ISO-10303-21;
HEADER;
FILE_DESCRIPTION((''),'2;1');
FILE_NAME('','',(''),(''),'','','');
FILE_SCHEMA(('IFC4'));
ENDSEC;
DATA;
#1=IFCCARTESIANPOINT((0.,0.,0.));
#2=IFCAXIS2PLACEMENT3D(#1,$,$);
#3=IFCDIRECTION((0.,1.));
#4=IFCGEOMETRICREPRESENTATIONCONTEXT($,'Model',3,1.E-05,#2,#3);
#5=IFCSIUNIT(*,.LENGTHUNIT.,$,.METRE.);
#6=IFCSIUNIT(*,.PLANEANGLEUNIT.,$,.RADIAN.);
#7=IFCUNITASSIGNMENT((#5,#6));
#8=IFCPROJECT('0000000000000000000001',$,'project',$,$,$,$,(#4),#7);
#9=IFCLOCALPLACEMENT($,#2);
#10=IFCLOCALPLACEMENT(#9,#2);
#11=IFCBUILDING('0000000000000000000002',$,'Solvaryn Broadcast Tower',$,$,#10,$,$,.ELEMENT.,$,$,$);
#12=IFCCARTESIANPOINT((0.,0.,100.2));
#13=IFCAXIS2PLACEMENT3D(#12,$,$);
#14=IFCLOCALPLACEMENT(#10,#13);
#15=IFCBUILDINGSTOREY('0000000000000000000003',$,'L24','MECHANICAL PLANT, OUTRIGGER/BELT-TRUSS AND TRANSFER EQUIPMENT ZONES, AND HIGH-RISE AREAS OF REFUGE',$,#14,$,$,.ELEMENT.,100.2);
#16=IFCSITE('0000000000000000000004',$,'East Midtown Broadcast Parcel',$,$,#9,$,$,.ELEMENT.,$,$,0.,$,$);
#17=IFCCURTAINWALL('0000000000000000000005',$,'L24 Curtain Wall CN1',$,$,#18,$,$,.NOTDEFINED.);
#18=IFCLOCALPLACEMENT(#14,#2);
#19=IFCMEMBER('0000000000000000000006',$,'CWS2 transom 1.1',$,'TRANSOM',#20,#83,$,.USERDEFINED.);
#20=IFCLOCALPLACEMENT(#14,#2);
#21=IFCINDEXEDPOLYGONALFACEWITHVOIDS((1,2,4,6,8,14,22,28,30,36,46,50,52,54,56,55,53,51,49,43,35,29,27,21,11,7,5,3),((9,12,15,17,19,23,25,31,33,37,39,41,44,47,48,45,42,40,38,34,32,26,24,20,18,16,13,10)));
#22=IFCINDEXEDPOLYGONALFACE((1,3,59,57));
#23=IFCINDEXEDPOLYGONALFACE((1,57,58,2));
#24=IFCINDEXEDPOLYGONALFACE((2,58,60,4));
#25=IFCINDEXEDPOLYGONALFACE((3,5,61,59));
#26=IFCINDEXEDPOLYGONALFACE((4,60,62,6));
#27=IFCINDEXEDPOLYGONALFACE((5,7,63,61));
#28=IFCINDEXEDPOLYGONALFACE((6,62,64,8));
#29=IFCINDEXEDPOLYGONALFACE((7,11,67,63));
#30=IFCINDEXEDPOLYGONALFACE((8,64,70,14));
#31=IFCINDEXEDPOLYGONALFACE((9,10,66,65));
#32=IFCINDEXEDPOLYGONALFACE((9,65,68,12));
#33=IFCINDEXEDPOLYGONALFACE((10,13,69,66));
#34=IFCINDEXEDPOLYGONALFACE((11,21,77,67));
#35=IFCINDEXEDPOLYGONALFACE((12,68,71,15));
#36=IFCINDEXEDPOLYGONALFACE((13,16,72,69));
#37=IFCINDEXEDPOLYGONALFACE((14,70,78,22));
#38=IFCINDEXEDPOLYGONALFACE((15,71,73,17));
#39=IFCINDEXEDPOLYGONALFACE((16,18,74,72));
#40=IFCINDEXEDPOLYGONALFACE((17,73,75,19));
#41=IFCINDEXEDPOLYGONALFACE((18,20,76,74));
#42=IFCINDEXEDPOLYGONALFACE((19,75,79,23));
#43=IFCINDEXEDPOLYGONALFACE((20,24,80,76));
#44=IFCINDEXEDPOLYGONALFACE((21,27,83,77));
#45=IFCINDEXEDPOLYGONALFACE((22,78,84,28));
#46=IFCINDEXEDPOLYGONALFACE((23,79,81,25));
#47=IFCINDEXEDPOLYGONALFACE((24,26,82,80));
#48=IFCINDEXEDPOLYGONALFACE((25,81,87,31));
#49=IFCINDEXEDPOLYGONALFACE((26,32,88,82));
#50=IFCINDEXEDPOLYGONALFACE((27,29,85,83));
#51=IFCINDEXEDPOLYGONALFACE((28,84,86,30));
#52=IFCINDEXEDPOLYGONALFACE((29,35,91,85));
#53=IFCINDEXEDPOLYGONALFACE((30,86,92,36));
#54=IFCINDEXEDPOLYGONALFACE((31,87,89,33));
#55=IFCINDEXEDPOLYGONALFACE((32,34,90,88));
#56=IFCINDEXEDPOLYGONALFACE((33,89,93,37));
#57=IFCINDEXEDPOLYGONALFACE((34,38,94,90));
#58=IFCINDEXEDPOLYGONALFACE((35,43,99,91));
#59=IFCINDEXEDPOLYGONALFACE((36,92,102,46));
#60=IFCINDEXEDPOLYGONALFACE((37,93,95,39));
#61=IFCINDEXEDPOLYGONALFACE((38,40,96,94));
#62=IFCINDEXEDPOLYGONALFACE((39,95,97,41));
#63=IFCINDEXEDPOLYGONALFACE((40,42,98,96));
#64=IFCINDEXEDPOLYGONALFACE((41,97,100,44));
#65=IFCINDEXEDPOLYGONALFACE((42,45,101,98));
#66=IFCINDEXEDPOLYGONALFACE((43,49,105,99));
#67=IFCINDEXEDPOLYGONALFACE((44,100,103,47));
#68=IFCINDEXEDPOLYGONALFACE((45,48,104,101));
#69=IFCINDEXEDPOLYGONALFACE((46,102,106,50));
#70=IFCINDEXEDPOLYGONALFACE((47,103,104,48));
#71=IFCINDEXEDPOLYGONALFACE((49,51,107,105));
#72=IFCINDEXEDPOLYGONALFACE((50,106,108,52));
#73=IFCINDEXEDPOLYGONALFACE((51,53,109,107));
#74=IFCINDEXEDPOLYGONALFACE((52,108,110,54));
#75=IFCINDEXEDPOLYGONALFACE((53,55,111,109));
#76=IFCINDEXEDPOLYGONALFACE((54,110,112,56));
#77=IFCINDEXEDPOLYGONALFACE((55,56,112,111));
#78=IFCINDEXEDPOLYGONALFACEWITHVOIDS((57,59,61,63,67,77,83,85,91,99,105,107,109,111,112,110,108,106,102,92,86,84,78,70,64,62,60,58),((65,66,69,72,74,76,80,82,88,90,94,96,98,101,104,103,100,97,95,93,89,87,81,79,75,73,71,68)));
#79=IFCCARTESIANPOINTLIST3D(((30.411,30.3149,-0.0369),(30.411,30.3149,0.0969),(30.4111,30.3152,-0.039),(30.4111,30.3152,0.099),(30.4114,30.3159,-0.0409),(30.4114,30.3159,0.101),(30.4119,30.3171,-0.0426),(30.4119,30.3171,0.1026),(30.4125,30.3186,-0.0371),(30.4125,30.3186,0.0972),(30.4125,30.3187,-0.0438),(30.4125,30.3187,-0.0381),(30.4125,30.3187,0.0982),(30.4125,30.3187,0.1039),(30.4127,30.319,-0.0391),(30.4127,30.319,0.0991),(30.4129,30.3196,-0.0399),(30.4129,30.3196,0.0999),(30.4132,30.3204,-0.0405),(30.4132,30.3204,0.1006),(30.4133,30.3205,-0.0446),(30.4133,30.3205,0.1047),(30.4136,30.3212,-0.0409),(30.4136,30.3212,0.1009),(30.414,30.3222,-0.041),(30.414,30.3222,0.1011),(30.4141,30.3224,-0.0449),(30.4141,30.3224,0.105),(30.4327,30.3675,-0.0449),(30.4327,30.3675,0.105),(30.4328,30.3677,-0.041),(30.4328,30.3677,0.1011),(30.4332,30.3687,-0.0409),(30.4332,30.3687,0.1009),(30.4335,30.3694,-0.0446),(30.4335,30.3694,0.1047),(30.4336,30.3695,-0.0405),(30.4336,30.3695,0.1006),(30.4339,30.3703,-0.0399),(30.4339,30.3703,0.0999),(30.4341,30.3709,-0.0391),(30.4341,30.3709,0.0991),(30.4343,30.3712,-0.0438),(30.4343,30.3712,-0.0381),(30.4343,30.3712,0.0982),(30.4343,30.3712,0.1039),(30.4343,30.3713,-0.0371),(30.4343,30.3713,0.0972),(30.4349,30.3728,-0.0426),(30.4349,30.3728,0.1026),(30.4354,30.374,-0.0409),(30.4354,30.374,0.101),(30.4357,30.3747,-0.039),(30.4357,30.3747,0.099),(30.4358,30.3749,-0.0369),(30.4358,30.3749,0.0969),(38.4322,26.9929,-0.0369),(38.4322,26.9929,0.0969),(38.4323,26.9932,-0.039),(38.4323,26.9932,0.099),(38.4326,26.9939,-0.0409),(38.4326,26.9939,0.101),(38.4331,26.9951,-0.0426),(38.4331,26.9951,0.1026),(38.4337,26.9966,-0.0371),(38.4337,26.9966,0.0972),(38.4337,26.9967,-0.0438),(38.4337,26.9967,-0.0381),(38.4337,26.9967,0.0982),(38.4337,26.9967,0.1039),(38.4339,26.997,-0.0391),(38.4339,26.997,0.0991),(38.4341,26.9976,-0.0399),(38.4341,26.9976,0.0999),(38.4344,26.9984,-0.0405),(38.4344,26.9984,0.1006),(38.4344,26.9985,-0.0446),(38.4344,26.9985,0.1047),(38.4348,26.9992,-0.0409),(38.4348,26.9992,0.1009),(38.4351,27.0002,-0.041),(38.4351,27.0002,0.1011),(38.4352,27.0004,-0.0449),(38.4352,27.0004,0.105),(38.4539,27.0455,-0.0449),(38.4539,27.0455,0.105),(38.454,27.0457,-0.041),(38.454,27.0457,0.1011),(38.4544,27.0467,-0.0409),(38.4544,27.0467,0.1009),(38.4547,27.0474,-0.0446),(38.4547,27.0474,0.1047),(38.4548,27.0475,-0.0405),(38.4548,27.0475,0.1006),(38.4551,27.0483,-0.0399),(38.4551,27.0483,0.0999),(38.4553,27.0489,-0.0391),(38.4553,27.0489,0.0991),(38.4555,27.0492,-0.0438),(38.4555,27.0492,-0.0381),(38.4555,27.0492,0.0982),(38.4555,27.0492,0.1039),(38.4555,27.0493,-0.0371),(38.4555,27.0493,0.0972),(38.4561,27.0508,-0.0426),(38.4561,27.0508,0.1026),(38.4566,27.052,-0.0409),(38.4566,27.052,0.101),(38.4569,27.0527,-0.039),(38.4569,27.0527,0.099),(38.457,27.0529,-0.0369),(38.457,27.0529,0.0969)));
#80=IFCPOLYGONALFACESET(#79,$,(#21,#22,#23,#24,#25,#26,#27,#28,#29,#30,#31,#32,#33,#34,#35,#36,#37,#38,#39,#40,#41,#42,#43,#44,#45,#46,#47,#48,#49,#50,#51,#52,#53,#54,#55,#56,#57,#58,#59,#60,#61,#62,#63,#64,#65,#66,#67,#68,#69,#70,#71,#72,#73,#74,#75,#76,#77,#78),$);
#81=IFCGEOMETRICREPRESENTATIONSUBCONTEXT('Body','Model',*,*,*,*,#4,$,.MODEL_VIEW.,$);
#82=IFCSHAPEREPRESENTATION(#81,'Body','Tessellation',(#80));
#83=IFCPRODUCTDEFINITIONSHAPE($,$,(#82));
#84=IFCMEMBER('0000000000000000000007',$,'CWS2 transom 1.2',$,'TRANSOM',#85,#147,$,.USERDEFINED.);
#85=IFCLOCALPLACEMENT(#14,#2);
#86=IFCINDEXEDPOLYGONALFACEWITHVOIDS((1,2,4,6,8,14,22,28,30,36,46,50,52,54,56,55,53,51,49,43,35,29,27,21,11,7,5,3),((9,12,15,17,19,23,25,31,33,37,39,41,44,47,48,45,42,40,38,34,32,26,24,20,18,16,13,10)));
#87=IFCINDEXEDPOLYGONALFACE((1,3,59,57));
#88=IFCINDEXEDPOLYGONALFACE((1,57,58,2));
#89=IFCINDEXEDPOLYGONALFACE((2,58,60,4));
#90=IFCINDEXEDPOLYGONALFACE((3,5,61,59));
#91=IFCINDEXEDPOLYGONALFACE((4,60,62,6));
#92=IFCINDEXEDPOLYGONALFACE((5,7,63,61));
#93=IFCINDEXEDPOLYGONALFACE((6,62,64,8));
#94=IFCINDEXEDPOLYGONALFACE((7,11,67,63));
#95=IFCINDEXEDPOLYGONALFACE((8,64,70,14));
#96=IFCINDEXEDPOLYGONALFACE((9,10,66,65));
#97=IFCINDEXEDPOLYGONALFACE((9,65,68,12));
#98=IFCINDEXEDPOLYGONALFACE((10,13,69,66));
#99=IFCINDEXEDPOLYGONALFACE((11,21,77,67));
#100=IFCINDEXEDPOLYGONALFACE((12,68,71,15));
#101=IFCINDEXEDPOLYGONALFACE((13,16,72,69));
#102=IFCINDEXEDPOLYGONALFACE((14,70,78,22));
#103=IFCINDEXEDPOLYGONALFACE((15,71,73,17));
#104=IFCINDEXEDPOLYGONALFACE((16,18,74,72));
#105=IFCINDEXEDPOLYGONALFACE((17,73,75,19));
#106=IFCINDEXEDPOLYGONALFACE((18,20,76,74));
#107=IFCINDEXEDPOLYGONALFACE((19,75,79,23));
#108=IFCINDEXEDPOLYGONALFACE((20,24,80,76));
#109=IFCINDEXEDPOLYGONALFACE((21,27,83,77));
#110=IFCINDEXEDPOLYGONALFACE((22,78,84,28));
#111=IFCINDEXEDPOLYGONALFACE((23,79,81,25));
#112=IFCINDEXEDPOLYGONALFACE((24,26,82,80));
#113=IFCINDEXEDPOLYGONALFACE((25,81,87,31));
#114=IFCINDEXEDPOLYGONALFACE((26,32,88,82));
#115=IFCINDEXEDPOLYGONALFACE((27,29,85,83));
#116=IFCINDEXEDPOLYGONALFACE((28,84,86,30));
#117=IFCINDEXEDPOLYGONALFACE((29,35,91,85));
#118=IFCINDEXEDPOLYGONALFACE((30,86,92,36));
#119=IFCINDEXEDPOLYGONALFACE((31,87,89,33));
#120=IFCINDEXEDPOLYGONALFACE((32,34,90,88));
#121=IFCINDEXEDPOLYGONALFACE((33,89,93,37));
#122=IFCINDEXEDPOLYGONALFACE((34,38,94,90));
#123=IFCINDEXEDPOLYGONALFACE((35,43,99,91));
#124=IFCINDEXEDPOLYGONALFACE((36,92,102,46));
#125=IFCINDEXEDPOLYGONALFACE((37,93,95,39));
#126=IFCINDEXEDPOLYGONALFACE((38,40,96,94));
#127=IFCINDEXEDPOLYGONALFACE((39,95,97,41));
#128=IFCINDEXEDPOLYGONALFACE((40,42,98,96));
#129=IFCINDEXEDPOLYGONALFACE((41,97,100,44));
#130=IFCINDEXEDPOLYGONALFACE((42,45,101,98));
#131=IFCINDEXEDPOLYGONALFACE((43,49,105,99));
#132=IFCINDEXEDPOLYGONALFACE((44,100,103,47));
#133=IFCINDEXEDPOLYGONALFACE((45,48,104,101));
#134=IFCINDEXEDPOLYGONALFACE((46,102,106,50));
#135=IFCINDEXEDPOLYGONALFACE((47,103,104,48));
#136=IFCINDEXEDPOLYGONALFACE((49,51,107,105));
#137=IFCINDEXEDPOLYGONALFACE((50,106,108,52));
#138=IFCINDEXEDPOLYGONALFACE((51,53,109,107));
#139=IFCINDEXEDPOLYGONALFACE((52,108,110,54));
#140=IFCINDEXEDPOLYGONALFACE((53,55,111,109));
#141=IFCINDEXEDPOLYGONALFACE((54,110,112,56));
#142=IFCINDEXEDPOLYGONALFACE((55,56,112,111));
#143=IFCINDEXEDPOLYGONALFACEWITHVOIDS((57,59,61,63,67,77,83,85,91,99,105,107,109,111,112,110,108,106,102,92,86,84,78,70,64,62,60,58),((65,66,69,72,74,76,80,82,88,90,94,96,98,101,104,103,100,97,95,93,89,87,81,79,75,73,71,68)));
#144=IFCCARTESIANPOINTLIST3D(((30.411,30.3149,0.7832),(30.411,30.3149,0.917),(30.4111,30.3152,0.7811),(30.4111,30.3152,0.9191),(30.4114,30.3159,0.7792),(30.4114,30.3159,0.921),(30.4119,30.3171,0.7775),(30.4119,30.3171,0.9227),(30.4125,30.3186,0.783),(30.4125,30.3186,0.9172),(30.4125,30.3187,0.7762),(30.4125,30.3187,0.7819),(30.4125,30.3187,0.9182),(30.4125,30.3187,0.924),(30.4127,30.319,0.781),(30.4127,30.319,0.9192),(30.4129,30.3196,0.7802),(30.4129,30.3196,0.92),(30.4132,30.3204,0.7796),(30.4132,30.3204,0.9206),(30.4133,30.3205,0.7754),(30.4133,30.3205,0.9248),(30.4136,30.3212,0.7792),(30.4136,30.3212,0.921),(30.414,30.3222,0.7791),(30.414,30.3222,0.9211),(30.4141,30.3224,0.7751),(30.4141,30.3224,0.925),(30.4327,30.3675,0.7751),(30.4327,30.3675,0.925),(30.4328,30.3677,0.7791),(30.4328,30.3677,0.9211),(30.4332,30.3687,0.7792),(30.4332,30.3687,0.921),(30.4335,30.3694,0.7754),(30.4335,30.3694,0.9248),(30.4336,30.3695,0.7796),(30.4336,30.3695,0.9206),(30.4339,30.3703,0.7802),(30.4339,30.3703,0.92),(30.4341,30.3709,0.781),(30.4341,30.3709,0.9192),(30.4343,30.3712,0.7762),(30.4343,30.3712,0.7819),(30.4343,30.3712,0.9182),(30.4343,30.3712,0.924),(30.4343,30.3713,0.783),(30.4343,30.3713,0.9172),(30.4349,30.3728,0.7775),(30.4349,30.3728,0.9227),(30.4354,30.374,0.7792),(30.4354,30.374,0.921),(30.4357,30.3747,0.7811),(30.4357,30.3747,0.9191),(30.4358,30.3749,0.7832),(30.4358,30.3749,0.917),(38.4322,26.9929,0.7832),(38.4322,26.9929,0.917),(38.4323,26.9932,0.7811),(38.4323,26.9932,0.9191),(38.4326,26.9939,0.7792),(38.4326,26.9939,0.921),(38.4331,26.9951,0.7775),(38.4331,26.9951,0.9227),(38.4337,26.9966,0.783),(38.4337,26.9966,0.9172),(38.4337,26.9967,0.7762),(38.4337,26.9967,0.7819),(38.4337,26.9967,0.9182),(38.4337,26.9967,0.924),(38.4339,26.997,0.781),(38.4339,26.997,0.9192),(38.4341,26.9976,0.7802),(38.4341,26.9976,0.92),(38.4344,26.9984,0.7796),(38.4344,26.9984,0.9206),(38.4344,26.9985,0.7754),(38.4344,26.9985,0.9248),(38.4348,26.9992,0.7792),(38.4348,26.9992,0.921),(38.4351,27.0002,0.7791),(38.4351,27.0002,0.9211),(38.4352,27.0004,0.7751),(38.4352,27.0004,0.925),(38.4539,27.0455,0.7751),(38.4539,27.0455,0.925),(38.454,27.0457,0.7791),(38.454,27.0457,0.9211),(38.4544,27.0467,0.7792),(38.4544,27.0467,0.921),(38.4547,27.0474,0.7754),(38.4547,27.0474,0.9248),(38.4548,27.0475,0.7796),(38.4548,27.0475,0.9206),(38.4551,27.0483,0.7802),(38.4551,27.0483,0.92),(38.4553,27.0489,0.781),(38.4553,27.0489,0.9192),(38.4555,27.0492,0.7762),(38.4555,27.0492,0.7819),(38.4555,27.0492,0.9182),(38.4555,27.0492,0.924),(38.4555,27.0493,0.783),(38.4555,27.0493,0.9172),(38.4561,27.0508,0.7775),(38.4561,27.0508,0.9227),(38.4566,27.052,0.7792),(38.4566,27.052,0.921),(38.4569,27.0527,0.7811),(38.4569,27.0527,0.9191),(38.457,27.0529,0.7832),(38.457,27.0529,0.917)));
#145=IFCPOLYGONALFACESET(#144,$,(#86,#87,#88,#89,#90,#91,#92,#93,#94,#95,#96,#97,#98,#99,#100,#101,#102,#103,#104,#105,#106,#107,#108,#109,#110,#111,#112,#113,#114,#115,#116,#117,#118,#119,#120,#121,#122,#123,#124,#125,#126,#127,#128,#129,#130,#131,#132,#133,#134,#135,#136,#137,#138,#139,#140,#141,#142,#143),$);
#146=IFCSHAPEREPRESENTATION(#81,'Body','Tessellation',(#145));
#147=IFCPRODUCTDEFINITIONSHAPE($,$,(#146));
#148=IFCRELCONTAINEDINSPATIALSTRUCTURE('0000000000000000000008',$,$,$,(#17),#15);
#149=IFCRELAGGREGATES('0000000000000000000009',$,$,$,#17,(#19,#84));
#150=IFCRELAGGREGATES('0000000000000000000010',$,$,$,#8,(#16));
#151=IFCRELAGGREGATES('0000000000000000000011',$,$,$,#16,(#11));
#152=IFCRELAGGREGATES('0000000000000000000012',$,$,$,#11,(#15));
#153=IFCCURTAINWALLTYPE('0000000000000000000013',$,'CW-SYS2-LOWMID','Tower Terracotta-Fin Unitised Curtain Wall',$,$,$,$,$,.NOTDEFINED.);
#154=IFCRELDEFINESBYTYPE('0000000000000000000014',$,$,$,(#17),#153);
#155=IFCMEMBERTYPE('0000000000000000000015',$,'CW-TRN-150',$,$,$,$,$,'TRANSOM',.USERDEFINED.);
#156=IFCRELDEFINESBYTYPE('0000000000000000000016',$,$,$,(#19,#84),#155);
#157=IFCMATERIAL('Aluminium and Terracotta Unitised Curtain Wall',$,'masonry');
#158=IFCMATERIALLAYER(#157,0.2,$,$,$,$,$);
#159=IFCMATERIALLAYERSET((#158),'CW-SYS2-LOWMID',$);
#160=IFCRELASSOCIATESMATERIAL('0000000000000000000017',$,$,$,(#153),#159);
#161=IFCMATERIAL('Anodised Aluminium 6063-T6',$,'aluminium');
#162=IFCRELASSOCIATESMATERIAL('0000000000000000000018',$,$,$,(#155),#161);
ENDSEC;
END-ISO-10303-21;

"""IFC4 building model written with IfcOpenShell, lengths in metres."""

from ifc_helpers import new_model, si_unit, direction, frame, origin, origin_2d, place, context, subcontext, project, spatial, hollow_rectangle, extrude, material, layer, layer_set, material_profile, profile_set, type_object, element, aggregate, save


model = new_model("IFC4")

# Units and contexts
model_context = context("Model", 3, precision=1e-05, world=origin(), true_north=direction((0.0, 1.0)))
body_context = subcontext(model_context, "Body", "Model", "MODEL_VIEW")
ifc_project = project(units=[si_unit("LENGTHUNIT", "METRE"), si_unit("PLANEANGLEUNIT", "RADIAN")], contexts=[model_context])

# Site, building, storey
site_placement = place(None, origin())
site = spatial("IfcSite", under=ifc_project, at=site_placement, Name="East Midtown Broadcast Parcel", CompositionType="ELEMENT", RefElevation=0.0)
building_placement = place(site_placement, origin())
building = spatial("IfcBuilding", under=site, at=building_placement, Name="Solvaryn Broadcast Tower", CompositionType="ELEMENT")
storey_placement = place(building_placement, frame((0.0, 0.0, 100.2)))
storey = spatial("IfcBuildingStorey", under=building, at=storey_placement, Name="L24", Description="MECHANICAL PLANT, OUTRIGGER/BELT-TRUSS AND TRANSFER EQUIPMENT ZONES, AND HIGH-RISE AREAS OF REFUGE", CompositionType="ELEMENT", Elevation=100.2)

# Shared definitions
ifc_material_1 = material(Name="Aluminium and Terracotta Unitised Curtain Wall", Category="masonry")
ifc_layer_1 = layer(ifc_material_1, 0.2)
ifc_layer_set_1 = layer_set([ifc_layer_1], Name="CW-SYS2-LOWMID")
curtain_wall_type = type_object("IfcCurtainWallType", Name="CW-SYS2-LOWMID", Description="Tower Terracotta-Fin Unitised Curtain Wall", PredefinedType="NOTDEFINED", material=ifc_layer_set_1)

# Curtain wall
curtain_wall_1_placement = place(storey_placement, origin())
curtain_wall_1 = element("IfcCurtainWall", 1, at=curtain_wall_1_placement, inside=storey, type_object=curtain_wall_type, Name="L24 Curtain Wall CN1", PredefinedType="NOTDEFINED")

# Members
ifc_material_2 = material(Name="Anodised Aluminium 6063-T6", Category="aluminium")
ifc_material_profile_1 = material_profile(ifc_material_2, hollow_rectangle(XDim=0.0649, YDim=0.1499, WallThickness=0.0039, InnerFilletRadius=0.0039, OuterFilletRadius=0.0081, at=origin_2d()))
ifc_profile_set_1 = profile_set([ifc_material_profile_1], Name="Anodised Aluminium 6063-T6")
member_type_1 = type_object("IfcMemberType", Name="CW-TRN-150", ElementType="TRANSOM", PredefinedType="USERDEFINED", material=ifc_profile_set_1)
member_1_placement = place(storey_placement, frame((38.4446, 27.0229, 0.03), z_axis=(-0.923899, 0.382636, 0.0), x_axis=(-0.382636, -0.923899, 0.0)))
member_1 = element("IfcMember", 2, at=member_1_placement, type_object=member_type_1, Name="CWS2 transom 1.1", ObjectType="TRANSOM", PredefinedType="USERDEFINED", context=body_context, shape_type="SweptSolid", body=[
    extrude(hollow_rectangle(XDim=0.0649, YDim=0.1499, WallThickness=0.0039, InnerFilletRadius=0.0039, OuterFilletRadius=0.0081, at=origin_2d()), origin(), (0.0, 0.0, 1.0), 8.6819),
])
member_2_placement = place(storey_placement, frame((38.4446, 27.0229, 0.8501), z_axis=(-0.923899, 0.382636, 0.0), x_axis=(-0.382636, -0.923899, 0.0)))
member_2 = element("IfcMember", 3, at=member_2_placement, type_object=member_type_1, Name="CWS2 transom 1.2", ObjectType="TRANSOM", PredefinedType="USERDEFINED", context=body_context, shape_type="SweptSolid", body=[
    extrude(hollow_rectangle(XDim=0.0649, YDim=0.1499, WallThickness=0.0039, InnerFilletRadius=0.0039, OuterFilletRadius=0.0081, at=origin_2d()), origin(), (0.0, 0.0, 1.0), 8.6819),
])

aggregate(curtain_wall_1, [member_1, member_2])

save(model, "model.ifc")
